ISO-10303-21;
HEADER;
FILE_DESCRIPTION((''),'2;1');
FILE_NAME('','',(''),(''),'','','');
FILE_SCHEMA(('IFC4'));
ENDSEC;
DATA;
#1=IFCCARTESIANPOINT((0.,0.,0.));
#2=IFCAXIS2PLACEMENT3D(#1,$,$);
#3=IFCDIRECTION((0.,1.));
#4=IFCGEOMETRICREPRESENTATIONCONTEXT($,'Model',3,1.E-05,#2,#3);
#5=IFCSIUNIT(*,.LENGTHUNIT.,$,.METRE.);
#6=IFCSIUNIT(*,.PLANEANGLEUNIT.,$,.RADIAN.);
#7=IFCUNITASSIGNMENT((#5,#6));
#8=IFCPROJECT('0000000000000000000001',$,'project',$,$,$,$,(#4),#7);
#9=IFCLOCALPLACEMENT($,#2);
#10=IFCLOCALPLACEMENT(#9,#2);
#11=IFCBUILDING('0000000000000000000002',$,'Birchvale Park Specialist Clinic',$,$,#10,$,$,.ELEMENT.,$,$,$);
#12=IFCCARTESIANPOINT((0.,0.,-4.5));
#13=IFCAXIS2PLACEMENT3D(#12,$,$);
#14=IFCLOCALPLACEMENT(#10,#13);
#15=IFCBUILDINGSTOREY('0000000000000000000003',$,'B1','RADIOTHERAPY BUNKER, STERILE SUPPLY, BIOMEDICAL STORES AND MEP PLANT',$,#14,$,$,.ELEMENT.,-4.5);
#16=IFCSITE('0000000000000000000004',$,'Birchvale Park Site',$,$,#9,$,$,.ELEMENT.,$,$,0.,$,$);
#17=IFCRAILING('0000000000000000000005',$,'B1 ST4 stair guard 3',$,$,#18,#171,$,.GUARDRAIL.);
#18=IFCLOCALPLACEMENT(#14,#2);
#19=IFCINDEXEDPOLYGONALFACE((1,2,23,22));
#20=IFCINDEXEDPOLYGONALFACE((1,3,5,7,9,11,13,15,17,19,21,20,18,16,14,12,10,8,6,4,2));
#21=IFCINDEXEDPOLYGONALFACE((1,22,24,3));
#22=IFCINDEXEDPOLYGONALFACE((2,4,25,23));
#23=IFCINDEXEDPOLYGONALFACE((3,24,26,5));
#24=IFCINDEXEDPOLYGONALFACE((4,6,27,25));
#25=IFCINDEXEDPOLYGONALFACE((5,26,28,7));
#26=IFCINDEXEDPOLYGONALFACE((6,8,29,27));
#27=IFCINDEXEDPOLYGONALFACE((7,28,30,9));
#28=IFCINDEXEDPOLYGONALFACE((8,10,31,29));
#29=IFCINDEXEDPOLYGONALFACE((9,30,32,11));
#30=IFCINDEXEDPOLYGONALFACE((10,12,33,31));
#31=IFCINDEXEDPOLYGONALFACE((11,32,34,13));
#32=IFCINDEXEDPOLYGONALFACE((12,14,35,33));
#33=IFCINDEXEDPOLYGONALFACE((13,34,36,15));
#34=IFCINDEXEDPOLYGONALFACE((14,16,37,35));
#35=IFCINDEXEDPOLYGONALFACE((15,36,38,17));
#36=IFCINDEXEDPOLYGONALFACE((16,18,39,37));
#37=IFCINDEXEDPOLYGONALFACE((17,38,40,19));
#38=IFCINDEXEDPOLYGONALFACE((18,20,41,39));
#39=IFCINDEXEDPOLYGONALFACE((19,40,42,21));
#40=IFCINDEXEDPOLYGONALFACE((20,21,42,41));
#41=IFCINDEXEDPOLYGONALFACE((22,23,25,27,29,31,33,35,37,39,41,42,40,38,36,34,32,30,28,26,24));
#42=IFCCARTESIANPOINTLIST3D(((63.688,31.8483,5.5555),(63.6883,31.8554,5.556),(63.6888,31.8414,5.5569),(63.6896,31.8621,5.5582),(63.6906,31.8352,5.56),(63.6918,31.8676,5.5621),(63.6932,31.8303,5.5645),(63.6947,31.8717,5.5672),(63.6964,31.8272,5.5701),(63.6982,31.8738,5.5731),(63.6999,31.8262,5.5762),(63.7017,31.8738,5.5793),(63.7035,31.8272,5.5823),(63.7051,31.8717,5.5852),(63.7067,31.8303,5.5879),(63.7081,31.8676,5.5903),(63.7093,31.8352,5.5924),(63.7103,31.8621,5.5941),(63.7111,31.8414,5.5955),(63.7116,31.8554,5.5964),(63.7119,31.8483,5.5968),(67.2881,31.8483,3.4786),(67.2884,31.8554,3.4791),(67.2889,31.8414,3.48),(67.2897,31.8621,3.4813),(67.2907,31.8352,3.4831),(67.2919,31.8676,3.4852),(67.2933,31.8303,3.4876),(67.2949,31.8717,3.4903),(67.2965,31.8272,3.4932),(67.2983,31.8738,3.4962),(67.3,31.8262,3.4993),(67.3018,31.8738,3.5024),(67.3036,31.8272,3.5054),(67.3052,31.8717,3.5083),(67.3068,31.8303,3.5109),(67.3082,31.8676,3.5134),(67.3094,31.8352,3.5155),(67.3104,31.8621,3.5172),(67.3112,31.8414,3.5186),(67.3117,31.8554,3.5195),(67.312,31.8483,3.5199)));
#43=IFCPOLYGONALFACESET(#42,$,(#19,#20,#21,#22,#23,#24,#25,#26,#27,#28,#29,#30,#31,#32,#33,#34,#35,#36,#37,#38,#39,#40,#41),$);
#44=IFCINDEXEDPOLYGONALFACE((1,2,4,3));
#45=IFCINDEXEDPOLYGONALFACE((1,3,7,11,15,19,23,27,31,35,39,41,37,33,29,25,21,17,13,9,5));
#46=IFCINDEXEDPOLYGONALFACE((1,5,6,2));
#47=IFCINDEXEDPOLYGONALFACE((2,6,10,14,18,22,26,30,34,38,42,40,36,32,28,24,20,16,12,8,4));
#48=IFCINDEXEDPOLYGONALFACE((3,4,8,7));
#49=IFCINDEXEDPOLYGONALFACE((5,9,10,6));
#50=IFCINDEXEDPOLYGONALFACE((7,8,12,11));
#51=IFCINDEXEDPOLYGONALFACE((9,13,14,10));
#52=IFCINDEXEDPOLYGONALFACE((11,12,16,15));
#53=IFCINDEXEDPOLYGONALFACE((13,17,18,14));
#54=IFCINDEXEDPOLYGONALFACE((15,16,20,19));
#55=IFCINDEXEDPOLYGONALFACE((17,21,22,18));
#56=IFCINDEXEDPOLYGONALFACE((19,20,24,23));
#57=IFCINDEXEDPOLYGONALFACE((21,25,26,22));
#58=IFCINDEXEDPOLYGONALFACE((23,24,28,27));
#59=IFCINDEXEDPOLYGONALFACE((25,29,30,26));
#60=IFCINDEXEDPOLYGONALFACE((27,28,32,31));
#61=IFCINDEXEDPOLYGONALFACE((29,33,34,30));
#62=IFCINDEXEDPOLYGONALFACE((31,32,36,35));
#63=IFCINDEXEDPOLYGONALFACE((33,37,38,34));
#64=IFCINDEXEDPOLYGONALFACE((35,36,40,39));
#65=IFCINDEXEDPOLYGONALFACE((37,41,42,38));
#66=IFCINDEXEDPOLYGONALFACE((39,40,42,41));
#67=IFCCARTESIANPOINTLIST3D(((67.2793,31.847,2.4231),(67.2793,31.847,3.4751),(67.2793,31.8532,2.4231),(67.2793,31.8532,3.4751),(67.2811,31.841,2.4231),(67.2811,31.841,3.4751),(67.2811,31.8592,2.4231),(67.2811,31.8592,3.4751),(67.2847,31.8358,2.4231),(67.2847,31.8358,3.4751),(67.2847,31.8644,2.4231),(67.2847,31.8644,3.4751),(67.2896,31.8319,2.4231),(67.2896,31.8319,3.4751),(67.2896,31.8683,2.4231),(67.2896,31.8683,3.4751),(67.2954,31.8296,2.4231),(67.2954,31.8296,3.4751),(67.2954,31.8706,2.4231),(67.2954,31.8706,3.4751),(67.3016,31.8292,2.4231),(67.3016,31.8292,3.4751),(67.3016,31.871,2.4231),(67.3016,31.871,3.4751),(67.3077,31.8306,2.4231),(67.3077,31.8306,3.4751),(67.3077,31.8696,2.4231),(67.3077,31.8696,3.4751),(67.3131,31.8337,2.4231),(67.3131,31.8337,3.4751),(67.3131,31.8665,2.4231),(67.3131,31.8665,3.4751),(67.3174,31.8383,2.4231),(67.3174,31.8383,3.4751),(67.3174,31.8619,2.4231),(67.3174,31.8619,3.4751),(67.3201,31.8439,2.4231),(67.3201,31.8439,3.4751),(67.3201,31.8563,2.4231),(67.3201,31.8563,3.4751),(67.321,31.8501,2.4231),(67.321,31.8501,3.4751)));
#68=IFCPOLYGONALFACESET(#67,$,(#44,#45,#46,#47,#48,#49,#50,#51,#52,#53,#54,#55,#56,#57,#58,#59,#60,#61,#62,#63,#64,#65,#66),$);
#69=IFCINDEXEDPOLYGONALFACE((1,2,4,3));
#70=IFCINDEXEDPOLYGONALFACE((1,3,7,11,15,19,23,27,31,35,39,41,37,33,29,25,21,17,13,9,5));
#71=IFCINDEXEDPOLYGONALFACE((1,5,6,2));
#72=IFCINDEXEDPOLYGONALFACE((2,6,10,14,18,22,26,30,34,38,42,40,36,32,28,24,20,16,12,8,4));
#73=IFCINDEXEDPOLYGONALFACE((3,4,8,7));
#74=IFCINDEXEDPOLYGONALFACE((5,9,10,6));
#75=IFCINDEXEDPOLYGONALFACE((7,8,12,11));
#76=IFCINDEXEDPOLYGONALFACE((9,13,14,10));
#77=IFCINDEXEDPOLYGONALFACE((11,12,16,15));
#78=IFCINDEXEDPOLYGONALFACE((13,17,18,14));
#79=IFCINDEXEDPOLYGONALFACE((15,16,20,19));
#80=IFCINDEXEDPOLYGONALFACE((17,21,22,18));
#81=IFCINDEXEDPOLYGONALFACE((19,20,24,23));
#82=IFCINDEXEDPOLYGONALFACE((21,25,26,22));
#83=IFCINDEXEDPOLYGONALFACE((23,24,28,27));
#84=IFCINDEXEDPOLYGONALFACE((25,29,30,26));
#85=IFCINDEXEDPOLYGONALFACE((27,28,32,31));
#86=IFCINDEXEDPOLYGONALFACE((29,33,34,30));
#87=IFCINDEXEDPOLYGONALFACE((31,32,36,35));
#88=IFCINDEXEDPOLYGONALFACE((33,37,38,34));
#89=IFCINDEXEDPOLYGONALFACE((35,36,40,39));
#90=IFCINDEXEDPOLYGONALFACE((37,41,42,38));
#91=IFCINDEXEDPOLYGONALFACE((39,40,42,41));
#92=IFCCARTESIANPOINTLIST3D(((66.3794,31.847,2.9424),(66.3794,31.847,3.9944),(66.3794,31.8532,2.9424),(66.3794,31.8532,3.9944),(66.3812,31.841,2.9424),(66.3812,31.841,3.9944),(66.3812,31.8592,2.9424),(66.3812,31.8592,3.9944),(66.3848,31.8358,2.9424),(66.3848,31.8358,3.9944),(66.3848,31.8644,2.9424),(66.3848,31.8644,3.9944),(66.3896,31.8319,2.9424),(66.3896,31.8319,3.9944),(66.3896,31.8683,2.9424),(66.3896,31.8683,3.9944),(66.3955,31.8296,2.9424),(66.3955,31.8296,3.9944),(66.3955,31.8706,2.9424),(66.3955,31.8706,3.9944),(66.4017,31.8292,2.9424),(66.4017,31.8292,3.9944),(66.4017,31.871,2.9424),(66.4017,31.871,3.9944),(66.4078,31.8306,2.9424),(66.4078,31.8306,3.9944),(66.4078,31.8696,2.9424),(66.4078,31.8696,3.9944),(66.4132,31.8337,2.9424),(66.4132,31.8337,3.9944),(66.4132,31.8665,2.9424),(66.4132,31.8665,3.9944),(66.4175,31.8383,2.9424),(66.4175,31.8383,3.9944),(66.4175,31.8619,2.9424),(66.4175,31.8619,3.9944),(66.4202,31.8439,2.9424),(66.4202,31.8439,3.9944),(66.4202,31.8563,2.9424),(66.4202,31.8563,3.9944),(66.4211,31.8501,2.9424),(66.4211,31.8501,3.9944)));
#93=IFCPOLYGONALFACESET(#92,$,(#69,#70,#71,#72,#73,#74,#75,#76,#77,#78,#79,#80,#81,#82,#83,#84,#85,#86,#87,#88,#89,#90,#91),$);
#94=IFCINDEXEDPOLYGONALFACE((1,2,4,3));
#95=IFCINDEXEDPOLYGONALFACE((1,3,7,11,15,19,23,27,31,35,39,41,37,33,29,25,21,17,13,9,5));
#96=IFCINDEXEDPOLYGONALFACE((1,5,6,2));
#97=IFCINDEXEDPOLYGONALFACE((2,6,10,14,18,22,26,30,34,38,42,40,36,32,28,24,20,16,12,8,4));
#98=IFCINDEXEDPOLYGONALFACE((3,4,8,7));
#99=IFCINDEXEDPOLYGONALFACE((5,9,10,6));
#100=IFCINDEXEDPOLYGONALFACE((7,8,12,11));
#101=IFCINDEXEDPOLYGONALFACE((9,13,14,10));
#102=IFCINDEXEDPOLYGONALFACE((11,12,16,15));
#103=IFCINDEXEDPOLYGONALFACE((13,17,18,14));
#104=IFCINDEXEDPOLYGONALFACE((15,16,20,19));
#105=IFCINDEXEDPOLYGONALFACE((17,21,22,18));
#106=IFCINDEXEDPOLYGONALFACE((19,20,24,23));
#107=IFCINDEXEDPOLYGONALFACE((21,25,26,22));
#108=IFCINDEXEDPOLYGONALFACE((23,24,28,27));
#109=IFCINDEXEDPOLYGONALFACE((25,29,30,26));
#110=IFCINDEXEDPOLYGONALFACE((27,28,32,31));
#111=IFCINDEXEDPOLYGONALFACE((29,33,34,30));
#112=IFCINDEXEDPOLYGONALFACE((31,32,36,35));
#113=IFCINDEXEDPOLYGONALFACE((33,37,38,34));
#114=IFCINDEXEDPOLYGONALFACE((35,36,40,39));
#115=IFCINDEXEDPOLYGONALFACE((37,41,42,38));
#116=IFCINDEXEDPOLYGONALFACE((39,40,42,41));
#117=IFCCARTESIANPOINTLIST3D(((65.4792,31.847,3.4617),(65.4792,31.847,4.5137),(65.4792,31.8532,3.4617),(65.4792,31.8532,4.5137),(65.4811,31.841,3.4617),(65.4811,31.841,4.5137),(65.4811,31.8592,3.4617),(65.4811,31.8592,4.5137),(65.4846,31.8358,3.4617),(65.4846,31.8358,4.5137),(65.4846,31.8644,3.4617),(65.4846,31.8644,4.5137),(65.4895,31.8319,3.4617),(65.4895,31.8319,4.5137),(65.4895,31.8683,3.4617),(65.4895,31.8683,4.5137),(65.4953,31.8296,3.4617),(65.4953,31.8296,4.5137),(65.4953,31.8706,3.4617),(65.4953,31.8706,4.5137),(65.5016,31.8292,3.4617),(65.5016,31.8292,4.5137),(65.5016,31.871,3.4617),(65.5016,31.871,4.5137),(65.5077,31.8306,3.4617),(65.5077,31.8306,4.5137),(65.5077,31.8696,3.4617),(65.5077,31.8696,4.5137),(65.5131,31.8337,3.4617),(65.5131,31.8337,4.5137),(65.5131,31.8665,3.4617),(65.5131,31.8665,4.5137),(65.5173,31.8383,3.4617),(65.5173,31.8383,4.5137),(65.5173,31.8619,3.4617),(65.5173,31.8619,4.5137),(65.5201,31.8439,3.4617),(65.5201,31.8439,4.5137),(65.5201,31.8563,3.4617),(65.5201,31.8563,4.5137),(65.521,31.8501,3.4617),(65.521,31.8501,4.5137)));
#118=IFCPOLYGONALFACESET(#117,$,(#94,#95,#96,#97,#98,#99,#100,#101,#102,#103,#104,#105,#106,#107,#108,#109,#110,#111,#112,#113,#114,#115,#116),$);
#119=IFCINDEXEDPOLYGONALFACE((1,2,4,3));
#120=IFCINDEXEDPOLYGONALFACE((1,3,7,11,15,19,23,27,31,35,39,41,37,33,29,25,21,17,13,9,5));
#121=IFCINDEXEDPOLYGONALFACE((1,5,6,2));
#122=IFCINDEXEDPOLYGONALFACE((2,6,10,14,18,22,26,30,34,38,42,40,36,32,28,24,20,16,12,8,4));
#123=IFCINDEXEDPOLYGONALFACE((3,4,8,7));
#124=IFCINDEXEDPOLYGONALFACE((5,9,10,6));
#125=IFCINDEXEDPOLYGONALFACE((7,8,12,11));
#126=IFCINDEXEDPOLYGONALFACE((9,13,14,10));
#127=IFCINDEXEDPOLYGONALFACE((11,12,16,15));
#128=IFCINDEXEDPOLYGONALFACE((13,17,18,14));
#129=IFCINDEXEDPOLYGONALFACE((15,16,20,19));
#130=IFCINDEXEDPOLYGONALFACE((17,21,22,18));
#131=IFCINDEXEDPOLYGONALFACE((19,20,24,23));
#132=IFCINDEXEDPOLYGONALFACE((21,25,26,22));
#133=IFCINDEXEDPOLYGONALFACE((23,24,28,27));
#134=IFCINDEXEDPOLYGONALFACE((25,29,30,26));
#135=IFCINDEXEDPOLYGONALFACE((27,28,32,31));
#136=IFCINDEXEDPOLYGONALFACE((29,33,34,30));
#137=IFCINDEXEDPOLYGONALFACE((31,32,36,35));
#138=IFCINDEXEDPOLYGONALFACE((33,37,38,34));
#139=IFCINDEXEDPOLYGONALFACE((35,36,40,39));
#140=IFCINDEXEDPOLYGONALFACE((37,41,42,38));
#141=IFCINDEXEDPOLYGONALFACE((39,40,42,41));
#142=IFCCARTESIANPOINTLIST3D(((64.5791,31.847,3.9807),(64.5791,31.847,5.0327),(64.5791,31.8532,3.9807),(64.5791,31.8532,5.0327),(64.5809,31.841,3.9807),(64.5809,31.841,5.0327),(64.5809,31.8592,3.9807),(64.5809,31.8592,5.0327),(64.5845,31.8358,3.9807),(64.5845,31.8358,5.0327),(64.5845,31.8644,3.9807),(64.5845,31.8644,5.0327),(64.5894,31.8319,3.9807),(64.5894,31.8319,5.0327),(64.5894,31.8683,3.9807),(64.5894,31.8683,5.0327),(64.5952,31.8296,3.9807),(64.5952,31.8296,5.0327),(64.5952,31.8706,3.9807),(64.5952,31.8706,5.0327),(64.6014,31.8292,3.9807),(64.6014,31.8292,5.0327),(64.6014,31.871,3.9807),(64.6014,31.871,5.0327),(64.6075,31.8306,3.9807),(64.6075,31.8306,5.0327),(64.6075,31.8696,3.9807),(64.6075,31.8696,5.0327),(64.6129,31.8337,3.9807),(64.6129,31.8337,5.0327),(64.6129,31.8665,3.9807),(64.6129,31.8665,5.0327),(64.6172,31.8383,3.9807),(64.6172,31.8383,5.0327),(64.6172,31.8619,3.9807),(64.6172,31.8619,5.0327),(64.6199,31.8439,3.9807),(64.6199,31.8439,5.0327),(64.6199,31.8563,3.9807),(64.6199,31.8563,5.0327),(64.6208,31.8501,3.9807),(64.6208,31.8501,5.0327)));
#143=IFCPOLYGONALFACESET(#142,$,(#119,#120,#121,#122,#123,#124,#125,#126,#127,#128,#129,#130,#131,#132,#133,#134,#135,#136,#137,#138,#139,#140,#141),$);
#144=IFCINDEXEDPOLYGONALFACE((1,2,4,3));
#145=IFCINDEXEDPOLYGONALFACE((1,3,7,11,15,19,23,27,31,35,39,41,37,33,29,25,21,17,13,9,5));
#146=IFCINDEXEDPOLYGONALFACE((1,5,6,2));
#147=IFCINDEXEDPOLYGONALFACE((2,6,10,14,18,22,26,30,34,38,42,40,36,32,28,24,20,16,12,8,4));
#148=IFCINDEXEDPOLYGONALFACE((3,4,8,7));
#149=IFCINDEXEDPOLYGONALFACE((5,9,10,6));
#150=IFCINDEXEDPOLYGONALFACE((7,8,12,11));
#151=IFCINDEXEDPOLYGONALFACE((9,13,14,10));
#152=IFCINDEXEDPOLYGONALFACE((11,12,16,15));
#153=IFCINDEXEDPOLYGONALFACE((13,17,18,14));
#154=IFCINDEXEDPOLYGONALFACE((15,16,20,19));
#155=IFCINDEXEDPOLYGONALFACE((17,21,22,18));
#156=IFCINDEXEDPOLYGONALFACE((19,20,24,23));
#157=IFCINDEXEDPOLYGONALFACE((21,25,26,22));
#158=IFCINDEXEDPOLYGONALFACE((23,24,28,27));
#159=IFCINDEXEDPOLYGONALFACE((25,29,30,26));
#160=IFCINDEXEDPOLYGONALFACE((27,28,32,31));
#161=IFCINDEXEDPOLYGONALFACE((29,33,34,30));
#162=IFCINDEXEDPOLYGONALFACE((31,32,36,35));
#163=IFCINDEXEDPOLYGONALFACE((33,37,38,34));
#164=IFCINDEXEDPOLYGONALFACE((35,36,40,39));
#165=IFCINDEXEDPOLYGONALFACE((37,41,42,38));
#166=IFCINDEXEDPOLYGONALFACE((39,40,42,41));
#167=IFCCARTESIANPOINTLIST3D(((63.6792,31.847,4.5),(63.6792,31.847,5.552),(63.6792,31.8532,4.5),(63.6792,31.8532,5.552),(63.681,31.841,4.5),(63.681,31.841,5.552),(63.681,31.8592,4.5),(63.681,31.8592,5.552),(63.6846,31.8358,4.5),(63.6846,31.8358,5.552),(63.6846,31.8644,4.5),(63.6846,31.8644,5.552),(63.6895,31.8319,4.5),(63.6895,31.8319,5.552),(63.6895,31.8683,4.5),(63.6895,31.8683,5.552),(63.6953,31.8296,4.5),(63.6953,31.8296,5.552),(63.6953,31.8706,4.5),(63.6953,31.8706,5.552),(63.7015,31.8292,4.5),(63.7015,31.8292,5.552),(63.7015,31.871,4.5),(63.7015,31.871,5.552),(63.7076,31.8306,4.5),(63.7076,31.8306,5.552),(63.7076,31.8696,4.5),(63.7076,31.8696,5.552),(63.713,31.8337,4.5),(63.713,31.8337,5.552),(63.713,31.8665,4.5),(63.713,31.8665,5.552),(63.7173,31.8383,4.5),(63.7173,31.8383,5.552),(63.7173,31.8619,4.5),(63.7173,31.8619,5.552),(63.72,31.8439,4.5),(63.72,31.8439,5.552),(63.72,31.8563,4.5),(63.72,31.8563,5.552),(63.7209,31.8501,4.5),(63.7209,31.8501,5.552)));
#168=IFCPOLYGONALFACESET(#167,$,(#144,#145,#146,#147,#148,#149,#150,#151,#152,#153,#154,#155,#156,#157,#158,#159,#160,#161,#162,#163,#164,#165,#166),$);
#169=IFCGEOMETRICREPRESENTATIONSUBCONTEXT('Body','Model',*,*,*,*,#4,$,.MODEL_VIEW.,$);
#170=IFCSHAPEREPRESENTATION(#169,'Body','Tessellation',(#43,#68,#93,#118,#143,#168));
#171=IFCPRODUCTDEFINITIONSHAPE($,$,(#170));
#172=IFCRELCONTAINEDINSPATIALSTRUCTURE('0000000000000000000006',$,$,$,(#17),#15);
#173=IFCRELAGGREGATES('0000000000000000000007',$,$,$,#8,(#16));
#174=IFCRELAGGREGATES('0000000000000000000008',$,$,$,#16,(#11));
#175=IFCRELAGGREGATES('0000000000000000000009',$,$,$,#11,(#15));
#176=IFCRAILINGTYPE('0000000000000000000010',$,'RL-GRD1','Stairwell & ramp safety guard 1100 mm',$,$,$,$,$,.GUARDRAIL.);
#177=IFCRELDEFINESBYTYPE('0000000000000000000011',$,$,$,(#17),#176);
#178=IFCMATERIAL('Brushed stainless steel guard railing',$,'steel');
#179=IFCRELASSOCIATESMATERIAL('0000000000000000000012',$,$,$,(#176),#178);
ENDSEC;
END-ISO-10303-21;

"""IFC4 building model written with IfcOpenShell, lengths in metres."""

from ifc_helpers import new_model, si_unit, direction, frame, origin, origin_2d, place, context, subcontext, project, spatial, circle, extrude, material, type_object, element, save


model = new_model("IFC4")

# Units and contexts
model_context = context("Model", 3, precision=1e-05, world=origin(), true_north=direction((0.0, 1.0)))
body_context = subcontext(model_context, "Body", "Model", "MODEL_VIEW")
ifc_project = project(units=[si_unit("LENGTHUNIT", "METRE"), si_unit("PLANEANGLEUNIT", "RADIAN")], contexts=[model_context])

# Site, building, storey
site_placement = place(None, origin())
site = spatial("IfcSite", under=ifc_project, at=site_placement, Name="Birchvale Park Site", CompositionType="ELEMENT", RefElevation=0.0)
building_placement = place(site_placement, origin())
building = spatial("IfcBuilding", under=site, at=building_placement, Name="Birchvale Park Specialist Clinic", CompositionType="ELEMENT")
storey_placement = place(building_placement, frame((0.0, 0.0, -4.5)))
storey = spatial("IfcBuildingStorey", under=building, at=storey_placement, Name="B1", Description="RADIOTHERAPY BUNKER, STERILE SUPPLY, BIOMEDICAL STORES AND MEP PLANT", CompositionType="ELEMENT", Elevation=-4.5)

# Railing
ifc_material_1 = material(Name="Brushed stainless steel guard railing", Category="steel")
railing_type_1 = type_object("IfcRailingType", Name="RL-GRD1", Description="Stairwell & ramp safety guard 1100 mm", PredefinedType="GUARDRAIL", material=ifc_material_1)
railing_1_placement = place(storey_placement, frame((67.3, 31.8501, 2.4231)))
element("IfcRailing", 1, at=railing_1_placement, inside=storey, type_object=railing_type_1, Name="B1 ST4 stair guard 3", PredefinedType="GUARDRAIL", context=body_context, shape_type="SweptSolid", body=[
    extrude(circle(Radius=0.0239, at=origin_2d()), frame((0.0, 0.0, 1.0762), z_axis=(-0.866193, 0.0, 0.499709), x_axis=(0.0, -1.0, 0.0)), (0.0, 0.0, 1.0), 4.1562),
    extrude(circle(Radius=0.021, at=origin_2d()), origin(), (0.0, 0.0, 1.0), 1.052),
    extrude(circle(Radius=0.021, at=origin_2d()), frame((-0.8999, 0.0, 0.5193)), (0.0, 0.0, 1.0), 1.052),
    extrude(circle(Radius=0.021, at=origin_2d()), frame((-1.8, 0.0, 1.0386)), (0.0, 0.0, 1.0), 1.052),
    extrude(circle(Radius=0.021, at=origin_2d()), frame((-2.7002, 0.0, 1.5576)), (0.0, 0.0, 1.0), 1.052),
    extrude(circle(Radius=0.021, at=origin_2d()), frame((-3.6001, 0.0, 2.0769)), (0.0, 0.0, 1.0), 1.052),
])

save(model, "model.ifc")
